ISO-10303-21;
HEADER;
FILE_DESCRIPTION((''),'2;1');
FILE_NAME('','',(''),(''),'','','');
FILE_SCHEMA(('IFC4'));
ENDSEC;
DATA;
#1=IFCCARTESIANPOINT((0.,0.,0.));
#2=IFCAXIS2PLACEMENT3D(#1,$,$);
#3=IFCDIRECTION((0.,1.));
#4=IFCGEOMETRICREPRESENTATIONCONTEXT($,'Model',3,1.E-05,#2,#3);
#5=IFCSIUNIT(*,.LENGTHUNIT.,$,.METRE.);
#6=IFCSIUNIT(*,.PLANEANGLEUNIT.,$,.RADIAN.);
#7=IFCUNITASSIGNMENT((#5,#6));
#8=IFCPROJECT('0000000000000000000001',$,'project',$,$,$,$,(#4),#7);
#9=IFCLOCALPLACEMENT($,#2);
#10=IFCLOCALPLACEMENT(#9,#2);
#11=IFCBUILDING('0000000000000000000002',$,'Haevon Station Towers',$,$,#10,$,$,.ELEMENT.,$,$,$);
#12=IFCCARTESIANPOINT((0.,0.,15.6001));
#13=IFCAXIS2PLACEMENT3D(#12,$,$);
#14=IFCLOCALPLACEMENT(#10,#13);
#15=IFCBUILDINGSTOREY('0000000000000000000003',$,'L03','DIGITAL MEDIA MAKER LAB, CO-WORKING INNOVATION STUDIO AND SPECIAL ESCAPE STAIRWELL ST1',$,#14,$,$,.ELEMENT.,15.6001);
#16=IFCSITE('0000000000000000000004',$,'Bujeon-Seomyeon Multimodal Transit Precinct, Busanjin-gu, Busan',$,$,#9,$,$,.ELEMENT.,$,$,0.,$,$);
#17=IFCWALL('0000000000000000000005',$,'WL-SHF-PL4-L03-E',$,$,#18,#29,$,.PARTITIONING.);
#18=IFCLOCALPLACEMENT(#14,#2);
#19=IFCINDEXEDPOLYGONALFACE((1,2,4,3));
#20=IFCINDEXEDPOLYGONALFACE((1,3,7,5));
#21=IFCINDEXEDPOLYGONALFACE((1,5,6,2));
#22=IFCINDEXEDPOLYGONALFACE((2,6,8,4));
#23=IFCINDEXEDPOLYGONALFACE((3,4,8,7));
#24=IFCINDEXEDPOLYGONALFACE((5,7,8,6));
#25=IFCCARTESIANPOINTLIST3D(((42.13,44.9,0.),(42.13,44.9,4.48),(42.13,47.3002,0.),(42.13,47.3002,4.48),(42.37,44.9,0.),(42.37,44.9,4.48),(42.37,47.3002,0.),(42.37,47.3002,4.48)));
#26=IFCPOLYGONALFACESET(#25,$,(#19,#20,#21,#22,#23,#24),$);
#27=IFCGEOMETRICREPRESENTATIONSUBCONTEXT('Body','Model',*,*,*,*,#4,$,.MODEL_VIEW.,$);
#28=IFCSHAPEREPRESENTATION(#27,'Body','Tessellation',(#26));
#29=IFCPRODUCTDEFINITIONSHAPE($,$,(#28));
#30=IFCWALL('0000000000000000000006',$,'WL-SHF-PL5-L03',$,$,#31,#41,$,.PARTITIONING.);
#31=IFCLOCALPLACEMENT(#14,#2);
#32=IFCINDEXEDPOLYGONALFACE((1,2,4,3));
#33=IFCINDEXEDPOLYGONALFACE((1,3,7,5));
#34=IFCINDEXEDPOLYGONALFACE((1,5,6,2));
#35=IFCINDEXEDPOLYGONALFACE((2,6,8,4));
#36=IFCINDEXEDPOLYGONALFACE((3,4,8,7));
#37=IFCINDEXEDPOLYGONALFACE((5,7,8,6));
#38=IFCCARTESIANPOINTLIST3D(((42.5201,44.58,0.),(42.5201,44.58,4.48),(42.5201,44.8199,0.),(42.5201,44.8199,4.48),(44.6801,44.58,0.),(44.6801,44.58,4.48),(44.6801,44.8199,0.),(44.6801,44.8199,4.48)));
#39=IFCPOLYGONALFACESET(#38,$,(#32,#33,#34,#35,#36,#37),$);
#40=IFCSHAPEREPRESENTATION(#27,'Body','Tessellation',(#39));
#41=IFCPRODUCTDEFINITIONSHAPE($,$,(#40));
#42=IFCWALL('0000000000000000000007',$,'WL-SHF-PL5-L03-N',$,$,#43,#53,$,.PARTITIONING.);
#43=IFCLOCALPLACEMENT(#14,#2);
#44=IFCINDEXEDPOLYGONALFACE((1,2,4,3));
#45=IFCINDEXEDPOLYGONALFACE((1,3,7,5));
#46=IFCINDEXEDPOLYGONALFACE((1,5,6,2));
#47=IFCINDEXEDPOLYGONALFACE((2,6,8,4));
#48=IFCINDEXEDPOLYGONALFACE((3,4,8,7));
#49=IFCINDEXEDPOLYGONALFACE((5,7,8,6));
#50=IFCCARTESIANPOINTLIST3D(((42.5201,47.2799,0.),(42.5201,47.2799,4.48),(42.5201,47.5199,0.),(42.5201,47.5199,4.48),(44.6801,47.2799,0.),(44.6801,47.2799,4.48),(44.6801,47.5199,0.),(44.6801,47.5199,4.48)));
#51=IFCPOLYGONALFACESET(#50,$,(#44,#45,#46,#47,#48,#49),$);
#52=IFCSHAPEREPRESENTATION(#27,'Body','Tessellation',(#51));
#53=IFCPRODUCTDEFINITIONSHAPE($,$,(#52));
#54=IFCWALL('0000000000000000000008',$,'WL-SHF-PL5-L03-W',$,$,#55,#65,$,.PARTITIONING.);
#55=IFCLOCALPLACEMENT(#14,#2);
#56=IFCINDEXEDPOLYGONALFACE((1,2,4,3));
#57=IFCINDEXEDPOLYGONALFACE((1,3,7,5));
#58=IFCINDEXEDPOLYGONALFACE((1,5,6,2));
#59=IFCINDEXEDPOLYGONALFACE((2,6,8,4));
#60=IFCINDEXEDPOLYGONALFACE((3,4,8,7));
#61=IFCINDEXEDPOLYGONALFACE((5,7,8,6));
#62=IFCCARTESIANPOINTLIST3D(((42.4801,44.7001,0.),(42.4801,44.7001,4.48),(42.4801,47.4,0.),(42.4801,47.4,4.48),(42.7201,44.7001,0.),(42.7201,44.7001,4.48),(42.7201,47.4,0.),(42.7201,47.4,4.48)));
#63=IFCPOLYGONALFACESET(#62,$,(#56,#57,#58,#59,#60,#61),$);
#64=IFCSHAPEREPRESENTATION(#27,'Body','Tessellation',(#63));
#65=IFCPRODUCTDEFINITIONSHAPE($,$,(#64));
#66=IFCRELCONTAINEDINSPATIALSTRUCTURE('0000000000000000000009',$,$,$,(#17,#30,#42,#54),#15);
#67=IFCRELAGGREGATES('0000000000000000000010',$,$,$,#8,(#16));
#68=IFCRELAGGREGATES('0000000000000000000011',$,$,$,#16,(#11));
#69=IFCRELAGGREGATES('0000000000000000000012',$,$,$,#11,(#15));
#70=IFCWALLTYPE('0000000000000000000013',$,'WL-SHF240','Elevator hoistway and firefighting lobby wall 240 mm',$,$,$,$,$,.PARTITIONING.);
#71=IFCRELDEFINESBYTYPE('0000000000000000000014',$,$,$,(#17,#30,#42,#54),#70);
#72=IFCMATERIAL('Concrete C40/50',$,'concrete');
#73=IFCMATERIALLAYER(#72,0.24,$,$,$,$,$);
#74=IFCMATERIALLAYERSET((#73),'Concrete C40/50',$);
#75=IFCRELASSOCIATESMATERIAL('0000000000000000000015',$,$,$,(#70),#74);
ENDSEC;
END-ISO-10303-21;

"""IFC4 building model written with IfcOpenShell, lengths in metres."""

from ifc_helpers import new_model, si_unit, direction, frame, frame_2d, origin, place, context, subcontext, project, spatial, rectangle, extrude, material, layer, layer_set, type_object, element, save


model = new_model("IFC4")

# Units and contexts
model_context = context("Model", 3, precision=1e-05, world=origin(), true_north=direction((0.0, 1.0)))
body_context = subcontext(model_context, "Body", "Model", "MODEL_VIEW")
ifc_project = project(units=[si_unit("LENGTHUNIT", "METRE"), si_unit("PLANEANGLEUNIT", "RADIAN")], contexts=[model_context])

# Site, building, storey
site_placement = place(None, origin())
site = spatial("IfcSite", under=ifc_project, at=site_placement, Name="Bujeon-Seomyeon Multimodal Transit Precinct, Busanjin-gu, Busan", CompositionType="ELEMENT", RefElevation=0.0)
building_placement = place(site_placement, origin())
building = spatial("IfcBuilding", under=site, at=building_placement, Name="Haevon Station Towers", CompositionType="ELEMENT")
storey_placement = place(building_placement, frame((0.0, 0.0, 15.6001)))
storey = spatial("IfcBuildingStorey", under=building, at=storey_placement, Name="L03", Description="DIGITAL MEDIA MAKER LAB, CO-WORKING INNOVATION STUDIO AND SPECIAL ESCAPE STAIRWELL ST1", CompositionType="ELEMENT", Elevation=15.6001)

# Shared definitions
ifc_material_1 = material(Name="Concrete C40/50", Category="concrete")
ifc_layer_1 = layer(ifc_material_1, 0.24)
ifc_layer_set_1 = layer_set([ifc_layer_1], Name="Concrete C40/50")
wall_type_1 = type_object("IfcWallType", Name="WL-SHF240", Description="Elevator hoistway and firefighting lobby wall 240 mm", PredefinedType="PARTITIONING", material=ifc_layer_set_1)

# Walls
wall_1_placement = place(storey_placement, frame((42.25, 44.8999, 0.0), z_axis=(0.0, 0.0, 1.0), x_axis=(0.0, 1.0, 0.0)))
element("IfcWall", 1, at=wall_1_placement, inside=storey, type_object=wall_type_1, Name="WL-SHF-PL4-L03-E", PredefinedType="PARTITIONING", context=body_context, shape_type="SweptSolid", body=[
    extrude(rectangle(XDim=2.4001, YDim=0.24, at=frame_2d((1.2002, 0.0))), origin(), (0.0, 0.0, 1.0), 4.48),
])
for number, where, z_axis, x_axis, name in (
    (2, (42.52, 44.7, 0.0), (0.0, 0.0, 1.0), (1.0, 0.0, 0.0), "WL-SHF-PL5-L03"),
    (3, (42.52, 47.3999, 0.0), (0.0, 0.0, 1.0), (1.0, 0.0, 0.0), "WL-SHF-PL5-L03-N"),
):
    element("IfcWall", number, at=place(storey_placement, frame(where, z_axis=z_axis, x_axis=x_axis)), inside=storey, type_object=wall_type_1, Name=name, PredefinedType="PARTITIONING", context=body_context, shape_type="SweptSolid", body=[
        extrude(rectangle(XDim=2.1599, YDim=0.24, at=frame_2d((1.0801, 0.0))), origin(), (0.0, 0.0, 1.0), 4.48),
    ])
wall_2_placement = place(storey_placement, frame((42.6001, 44.7, 0.0), z_axis=(0.0, 0.0, 1.0), x_axis=(0.0, 1.0, 0.0)))
element("IfcWall", 4, at=wall_2_placement, inside=storey, type_object=wall_type_1, Name="WL-SHF-PL5-L03-W", PredefinedType="PARTITIONING", context=body_context, shape_type="SweptSolid", body=[
    extrude(rectangle(XDim=2.7, YDim=0.24, at=frame_2d((1.3501, 0.0))), origin(), (0.0, 0.0, 1.0), 4.48),
])

save(model, "model.ifc")
